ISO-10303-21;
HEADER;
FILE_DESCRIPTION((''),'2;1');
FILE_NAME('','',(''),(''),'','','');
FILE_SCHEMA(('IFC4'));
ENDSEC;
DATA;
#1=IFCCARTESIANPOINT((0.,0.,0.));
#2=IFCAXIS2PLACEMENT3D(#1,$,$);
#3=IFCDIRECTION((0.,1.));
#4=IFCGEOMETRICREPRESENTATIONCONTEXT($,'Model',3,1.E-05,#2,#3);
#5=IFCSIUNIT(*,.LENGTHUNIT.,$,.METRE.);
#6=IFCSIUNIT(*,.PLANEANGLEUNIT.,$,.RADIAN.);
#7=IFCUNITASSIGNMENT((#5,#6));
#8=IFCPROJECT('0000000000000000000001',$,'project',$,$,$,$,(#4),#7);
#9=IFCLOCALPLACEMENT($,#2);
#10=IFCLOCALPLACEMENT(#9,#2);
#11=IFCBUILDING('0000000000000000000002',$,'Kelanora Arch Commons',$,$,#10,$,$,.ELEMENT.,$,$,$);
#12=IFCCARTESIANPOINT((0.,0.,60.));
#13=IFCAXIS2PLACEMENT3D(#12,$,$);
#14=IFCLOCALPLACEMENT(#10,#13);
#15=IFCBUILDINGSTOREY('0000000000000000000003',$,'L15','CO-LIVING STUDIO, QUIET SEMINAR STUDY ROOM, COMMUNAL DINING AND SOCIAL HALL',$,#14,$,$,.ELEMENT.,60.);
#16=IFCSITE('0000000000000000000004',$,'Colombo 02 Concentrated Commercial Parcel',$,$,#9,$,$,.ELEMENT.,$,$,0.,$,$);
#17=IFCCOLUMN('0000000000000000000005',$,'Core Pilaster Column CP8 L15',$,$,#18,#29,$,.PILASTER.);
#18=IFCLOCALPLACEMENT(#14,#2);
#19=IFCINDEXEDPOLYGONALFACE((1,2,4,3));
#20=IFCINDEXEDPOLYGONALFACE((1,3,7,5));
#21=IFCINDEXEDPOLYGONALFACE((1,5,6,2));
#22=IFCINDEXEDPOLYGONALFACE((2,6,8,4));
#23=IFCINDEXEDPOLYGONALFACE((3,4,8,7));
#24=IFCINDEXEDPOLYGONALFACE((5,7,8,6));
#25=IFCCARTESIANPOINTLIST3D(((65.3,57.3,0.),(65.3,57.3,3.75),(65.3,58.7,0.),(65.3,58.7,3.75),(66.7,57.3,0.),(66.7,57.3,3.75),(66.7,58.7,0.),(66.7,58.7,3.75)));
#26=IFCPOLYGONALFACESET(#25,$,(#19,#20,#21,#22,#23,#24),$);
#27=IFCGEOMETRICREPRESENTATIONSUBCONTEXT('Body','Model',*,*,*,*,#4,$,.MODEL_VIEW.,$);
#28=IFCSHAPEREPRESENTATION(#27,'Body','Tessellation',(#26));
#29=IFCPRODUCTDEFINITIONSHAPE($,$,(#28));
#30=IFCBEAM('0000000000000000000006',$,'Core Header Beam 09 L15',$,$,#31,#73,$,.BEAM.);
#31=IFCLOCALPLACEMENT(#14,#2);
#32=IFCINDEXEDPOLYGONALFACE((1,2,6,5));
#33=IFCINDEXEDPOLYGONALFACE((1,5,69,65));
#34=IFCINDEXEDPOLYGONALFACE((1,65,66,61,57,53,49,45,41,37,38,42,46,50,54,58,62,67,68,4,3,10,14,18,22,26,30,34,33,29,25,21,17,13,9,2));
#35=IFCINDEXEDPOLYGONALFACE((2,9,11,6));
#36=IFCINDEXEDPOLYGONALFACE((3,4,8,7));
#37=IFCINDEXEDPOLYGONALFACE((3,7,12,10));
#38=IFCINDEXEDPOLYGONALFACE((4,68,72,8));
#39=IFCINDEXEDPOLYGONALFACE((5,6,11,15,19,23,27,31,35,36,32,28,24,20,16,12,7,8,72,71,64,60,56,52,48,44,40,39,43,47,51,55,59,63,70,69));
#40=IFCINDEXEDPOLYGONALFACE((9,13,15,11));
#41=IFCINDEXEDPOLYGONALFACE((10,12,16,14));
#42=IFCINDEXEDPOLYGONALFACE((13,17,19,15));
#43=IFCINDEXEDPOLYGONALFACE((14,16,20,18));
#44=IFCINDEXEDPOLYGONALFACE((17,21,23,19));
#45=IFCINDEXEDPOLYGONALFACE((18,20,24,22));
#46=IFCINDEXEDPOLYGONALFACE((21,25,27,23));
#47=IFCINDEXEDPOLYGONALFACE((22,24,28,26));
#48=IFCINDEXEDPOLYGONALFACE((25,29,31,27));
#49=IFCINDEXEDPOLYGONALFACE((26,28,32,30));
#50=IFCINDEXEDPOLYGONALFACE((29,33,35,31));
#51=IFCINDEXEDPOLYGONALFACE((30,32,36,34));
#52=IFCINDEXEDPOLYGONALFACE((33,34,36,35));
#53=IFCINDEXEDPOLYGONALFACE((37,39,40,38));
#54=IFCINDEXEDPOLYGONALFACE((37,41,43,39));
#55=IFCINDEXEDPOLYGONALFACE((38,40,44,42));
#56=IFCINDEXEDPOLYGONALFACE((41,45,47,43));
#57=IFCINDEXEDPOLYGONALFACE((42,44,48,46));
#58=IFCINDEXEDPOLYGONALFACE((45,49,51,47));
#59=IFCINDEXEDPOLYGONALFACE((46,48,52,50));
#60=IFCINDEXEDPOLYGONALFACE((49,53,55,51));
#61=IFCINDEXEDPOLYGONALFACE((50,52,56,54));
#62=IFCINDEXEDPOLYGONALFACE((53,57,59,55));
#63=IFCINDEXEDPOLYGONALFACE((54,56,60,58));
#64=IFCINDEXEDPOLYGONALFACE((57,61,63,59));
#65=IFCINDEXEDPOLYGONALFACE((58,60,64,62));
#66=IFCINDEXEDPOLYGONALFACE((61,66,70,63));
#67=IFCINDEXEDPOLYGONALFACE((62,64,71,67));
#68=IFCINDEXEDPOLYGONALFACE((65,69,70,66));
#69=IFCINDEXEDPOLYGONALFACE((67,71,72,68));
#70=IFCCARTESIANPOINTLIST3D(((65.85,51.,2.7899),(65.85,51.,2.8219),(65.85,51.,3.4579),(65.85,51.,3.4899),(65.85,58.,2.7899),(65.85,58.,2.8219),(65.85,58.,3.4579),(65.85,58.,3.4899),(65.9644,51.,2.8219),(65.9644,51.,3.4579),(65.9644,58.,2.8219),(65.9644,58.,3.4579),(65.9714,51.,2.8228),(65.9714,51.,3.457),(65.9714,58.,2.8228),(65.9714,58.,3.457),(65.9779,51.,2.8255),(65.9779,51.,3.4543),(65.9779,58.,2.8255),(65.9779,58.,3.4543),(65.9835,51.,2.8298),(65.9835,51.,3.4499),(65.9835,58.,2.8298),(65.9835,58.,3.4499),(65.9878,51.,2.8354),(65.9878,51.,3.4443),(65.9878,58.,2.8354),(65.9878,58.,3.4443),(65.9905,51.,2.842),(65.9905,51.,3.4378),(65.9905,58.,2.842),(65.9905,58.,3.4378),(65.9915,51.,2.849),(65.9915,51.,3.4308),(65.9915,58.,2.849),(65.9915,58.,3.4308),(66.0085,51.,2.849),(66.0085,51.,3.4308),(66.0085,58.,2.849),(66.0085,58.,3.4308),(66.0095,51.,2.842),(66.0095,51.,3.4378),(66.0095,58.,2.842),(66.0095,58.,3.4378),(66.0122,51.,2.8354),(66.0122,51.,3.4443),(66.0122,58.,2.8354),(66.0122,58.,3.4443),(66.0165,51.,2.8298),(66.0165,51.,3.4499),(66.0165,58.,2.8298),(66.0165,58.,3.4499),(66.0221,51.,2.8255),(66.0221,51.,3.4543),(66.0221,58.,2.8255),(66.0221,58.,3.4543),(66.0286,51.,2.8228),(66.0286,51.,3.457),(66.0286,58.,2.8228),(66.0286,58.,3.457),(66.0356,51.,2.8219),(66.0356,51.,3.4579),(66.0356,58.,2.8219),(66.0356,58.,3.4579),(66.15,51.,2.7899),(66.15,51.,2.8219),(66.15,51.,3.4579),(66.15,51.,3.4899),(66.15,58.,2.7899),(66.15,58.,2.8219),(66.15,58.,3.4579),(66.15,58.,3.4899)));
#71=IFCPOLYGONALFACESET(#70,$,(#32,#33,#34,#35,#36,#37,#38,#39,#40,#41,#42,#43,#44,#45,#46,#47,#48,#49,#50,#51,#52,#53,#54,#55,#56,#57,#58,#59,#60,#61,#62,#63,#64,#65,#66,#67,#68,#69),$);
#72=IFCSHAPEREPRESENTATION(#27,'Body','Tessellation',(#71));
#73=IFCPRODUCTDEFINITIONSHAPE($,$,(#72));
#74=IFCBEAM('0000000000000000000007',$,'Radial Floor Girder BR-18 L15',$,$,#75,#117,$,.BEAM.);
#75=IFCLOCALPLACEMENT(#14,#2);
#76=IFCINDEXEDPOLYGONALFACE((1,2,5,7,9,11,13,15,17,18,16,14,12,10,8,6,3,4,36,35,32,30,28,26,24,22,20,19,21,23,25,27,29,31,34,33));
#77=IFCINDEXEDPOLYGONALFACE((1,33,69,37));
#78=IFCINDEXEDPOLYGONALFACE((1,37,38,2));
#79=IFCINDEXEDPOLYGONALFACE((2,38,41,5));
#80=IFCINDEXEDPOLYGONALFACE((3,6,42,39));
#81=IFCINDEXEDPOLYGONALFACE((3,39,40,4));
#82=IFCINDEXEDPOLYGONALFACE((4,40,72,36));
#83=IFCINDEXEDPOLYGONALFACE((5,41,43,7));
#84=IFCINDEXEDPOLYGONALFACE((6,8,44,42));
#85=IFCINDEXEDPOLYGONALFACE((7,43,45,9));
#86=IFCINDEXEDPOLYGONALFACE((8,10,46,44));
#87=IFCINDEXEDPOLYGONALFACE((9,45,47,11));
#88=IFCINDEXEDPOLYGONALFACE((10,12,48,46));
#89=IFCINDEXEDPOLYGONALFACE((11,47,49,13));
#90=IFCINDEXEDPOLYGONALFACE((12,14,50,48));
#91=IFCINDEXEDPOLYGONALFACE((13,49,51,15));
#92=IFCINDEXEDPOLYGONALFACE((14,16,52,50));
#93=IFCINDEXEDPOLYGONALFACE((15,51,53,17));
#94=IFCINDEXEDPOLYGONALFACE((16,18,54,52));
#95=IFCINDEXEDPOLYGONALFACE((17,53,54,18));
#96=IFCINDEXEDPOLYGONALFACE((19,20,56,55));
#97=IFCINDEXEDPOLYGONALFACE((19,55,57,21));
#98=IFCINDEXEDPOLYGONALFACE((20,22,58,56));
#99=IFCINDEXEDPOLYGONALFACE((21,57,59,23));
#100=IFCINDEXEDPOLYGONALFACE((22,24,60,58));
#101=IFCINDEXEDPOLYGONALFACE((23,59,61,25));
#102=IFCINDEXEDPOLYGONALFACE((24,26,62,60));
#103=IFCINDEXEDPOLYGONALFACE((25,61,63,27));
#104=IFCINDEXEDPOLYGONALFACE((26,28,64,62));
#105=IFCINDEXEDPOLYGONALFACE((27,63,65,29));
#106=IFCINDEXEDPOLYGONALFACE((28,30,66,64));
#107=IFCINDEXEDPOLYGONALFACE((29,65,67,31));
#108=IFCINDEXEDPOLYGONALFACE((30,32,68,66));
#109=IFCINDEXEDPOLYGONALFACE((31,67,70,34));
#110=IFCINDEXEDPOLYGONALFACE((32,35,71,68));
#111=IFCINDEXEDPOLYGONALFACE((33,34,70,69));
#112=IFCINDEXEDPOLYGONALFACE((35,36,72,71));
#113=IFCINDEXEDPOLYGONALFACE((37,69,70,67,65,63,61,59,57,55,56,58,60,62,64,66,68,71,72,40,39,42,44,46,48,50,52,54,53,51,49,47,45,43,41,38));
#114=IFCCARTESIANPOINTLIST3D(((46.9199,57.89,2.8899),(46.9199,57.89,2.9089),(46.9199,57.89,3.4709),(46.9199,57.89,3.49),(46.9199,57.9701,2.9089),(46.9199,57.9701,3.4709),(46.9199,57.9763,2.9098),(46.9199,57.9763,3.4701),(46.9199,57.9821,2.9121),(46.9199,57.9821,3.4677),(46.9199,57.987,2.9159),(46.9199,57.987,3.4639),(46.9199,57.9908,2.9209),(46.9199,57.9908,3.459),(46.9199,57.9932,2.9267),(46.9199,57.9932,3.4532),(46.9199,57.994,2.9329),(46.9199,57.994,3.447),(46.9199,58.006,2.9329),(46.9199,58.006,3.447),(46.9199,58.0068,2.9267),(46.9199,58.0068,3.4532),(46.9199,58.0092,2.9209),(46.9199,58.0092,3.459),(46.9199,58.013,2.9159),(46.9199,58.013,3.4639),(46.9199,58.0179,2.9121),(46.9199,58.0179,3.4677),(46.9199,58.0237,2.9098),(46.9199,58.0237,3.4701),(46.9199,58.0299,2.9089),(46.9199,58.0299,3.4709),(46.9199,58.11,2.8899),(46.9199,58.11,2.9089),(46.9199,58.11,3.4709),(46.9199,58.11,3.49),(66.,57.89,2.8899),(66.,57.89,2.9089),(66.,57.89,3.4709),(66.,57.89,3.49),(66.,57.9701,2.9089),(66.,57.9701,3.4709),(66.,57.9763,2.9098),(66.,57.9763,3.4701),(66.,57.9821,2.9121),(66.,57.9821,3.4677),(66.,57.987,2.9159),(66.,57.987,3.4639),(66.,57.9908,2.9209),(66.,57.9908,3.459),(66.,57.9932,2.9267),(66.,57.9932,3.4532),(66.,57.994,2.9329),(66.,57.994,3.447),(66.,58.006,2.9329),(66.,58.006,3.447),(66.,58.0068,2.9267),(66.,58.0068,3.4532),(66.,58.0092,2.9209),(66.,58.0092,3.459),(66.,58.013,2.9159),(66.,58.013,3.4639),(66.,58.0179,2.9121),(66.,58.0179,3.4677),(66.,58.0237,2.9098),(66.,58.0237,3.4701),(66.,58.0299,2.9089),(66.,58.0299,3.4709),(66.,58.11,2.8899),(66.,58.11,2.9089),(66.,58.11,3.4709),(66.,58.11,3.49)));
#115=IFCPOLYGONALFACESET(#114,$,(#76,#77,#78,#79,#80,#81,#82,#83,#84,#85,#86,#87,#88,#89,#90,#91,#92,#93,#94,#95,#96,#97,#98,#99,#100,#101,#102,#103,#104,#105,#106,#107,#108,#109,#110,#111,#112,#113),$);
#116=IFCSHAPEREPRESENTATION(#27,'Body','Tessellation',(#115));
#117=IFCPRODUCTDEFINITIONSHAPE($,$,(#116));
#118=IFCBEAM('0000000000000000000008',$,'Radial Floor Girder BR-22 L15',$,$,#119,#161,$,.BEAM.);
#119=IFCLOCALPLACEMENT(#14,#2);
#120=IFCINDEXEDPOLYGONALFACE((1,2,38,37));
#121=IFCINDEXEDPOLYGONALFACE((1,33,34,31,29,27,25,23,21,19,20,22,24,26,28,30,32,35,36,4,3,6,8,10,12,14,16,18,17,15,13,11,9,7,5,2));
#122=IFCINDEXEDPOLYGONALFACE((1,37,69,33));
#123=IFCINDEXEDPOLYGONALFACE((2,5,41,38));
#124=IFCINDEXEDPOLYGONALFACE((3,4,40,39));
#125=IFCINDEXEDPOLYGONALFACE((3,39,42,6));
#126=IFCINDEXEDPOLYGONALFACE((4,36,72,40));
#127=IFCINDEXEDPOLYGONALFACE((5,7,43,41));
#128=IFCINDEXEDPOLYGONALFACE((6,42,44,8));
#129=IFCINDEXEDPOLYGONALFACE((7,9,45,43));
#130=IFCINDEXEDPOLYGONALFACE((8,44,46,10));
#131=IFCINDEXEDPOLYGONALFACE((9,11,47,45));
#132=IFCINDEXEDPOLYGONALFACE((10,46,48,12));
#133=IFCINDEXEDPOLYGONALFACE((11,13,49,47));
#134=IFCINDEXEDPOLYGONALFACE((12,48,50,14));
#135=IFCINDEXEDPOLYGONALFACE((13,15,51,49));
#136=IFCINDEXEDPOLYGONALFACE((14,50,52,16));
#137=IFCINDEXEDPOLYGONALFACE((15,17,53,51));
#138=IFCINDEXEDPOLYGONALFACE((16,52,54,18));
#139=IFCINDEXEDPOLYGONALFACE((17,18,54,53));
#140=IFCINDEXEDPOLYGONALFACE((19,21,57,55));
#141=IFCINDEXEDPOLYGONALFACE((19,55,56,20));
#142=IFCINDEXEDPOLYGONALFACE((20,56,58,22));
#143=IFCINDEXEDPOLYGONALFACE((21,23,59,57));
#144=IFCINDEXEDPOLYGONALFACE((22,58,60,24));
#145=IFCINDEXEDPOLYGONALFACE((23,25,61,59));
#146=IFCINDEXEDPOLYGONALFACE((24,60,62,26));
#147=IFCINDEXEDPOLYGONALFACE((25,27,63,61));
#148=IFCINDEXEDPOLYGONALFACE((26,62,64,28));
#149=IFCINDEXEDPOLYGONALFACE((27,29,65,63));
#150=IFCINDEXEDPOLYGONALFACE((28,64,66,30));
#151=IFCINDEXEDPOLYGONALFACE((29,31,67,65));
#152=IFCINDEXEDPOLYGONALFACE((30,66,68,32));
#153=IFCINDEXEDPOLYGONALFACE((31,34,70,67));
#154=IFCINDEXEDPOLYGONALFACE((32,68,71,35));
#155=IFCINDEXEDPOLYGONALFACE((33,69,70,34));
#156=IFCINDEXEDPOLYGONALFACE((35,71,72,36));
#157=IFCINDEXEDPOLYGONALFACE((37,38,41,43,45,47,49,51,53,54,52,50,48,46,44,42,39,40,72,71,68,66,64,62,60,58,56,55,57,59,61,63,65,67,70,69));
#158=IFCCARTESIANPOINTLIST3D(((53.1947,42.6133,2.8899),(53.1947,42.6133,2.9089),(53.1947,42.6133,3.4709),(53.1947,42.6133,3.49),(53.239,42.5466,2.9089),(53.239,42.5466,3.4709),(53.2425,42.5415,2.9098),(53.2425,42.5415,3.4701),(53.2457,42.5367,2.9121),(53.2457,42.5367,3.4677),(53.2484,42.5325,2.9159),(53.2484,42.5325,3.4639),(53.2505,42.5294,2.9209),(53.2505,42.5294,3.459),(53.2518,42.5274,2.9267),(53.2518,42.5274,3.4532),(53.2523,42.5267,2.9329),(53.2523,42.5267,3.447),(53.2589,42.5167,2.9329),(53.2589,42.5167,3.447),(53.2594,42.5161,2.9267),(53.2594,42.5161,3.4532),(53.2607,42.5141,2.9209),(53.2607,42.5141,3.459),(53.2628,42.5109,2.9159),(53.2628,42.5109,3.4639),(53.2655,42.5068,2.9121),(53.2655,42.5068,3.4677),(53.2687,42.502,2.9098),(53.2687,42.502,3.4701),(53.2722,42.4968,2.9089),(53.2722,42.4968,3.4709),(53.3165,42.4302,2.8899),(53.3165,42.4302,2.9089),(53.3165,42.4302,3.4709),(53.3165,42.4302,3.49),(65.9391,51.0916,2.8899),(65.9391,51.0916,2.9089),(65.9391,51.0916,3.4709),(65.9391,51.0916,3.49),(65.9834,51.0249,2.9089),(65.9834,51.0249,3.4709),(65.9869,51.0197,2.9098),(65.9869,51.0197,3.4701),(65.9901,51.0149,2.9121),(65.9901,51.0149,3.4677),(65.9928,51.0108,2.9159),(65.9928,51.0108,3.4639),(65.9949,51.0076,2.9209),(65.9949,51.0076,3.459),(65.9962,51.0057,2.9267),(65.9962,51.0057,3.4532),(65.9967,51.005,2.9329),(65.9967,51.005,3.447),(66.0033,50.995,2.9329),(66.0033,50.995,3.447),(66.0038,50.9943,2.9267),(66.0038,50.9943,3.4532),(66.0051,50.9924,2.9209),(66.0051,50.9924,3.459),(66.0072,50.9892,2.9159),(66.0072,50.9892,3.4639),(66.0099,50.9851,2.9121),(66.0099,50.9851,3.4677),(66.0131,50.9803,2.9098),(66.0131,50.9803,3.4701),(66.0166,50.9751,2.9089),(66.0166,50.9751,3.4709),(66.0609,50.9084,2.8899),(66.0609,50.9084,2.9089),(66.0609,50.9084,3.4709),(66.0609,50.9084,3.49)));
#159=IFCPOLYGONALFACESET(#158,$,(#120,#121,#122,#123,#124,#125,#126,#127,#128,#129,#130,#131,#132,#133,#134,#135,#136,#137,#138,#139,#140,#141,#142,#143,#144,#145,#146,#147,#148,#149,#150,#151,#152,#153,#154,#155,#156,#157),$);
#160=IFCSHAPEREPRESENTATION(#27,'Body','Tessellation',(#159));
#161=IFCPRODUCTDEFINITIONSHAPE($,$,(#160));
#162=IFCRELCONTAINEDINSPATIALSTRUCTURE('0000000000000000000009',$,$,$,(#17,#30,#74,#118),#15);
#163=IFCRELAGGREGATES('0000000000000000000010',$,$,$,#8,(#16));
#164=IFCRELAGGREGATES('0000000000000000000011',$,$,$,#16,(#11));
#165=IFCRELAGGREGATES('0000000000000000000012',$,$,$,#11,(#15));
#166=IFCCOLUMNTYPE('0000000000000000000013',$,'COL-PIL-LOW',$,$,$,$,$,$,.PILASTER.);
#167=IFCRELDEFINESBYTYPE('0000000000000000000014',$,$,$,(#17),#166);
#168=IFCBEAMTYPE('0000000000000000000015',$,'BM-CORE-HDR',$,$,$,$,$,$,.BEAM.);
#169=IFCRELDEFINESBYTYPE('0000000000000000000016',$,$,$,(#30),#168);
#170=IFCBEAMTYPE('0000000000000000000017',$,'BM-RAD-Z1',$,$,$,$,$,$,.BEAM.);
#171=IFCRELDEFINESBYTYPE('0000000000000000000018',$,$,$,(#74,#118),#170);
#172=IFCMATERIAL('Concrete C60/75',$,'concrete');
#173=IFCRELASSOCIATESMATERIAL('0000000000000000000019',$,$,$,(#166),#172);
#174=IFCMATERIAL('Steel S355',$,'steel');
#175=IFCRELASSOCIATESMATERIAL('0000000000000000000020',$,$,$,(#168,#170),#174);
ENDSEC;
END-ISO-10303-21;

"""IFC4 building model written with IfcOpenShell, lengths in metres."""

from ifc_helpers import new_model, si_unit, direction, frame, origin, origin_2d, place, context, subcontext, project, spatial, rectangle, i_section, extrude, material, material_profile, profile_set, type_object, element, save


model = new_model("IFC4")

# Units and contexts
model_context = context("Model", 3, precision=1e-05, world=origin(), true_north=direction((0.0, 1.0)))
body_context = subcontext(model_context, "Body", "Model", "MODEL_VIEW")
ifc_project = project(units=[si_unit("LENGTHUNIT", "METRE"), si_unit("PLANEANGLEUNIT", "RADIAN")], contexts=[model_context])

# Site, building, storey
site_placement = place(None, origin())
site = spatial("IfcSite", under=ifc_project, at=site_placement, Name="Colombo 02 Concentrated Commercial Parcel", CompositionType="ELEMENT", RefElevation=0.0)
building_placement = place(site_placement, origin())
building = spatial("IfcBuilding", under=site, at=building_placement, Name="Kelanora Arch Commons", CompositionType="ELEMENT")
storey_placement = place(building_placement, frame((0.0, 0.0, 60.0)))
storey = spatial("IfcBuildingStorey", under=building, at=storey_placement, Name="L15", Description="CO-LIVING STUDIO, QUIET SEMINAR STUDY ROOM, COMMUNAL DINING AND SOCIAL HALL", CompositionType="ELEMENT", Elevation=60.0)

# Column
ifc_material_1 = material(Name="Concrete C60/75", Category="concrete")
ifc_material_profile_1 = material_profile(ifc_material_1, rectangle(XDim=1.3999, YDim=1.3999, at=origin_2d()), Name="RC1400x1400")
ifc_profile_set_1 = profile_set([ifc_material_profile_1], Name="Concrete C60/75")
column_type = type_object("IfcColumnType", Name="COL-PIL-LOW", PredefinedType="PILASTER", material=ifc_profile_set_1)
column_placement = place(storey_placement, frame((66.0, 58.0, 0.0), z_axis=(0.0, 0.0, 1.0), x_axis=(1.0, 0.0, 0.0)))
element("IfcColumn", 1, at=column_placement, inside=storey, type_object=column_type, Name="Core Pilaster Column CP8 L15", PredefinedType="PILASTER", context=body_context, shape_type="SweptSolid", body=[
    extrude(rectangle(XDim=1.3999, YDim=1.3999, at=origin_2d()), origin(), (0.0, 0.0, 1.0), 3.75),
])

# Beams
ifc_material_2 = material(Name="Steel S355", Category="steel")
ifc_material_profile_2 = material_profile(ifc_material_2, i_section(OverallWidth=0.3, OverallDepth=0.7, WebThickness=0.0171, FlangeThickness=0.032, FilletRadius=0.0271, at=origin_2d()), Name="HEB700")
ifc_profile_set_2 = profile_set([ifc_material_profile_2], Name="Steel S355")
beam_type_1 = type_object("IfcBeamType", Name="BM-CORE-HDR", PredefinedType="BEAM", material=ifc_profile_set_2)
beam_1_placement = place(storey_placement, frame((66.0, 58.0, 3.1399), z_axis=(0.0, -1.0, 0.0), x_axis=(1.0, 0.0, 0.0)))
element("IfcBeam", 2, at=beam_1_placement, inside=storey, type_object=beam_type_1, Name="Core Header Beam 09 L15", PredefinedType="BEAM", context=body_context, shape_type="SweptSolid", body=[
    extrude(i_section(OverallWidth=0.3, OverallDepth=0.7, WebThickness=0.0171, FlangeThickness=0.032, FilletRadius=0.0271, at=origin_2d()), origin(), (0.0, 0.0, 1.0), 7.0),
])
ifc_material_profile_3 = material_profile(ifc_material_2, i_section(OverallWidth=0.22, OverallDepth=0.6001, WebThickness=0.012, FlangeThickness=0.019, FilletRadius=0.0239, at=origin_2d()), Name="IPE600")
ifc_profile_set_3 = profile_set([ifc_material_profile_3], Name="Steel S355")
beam_type_2 = type_object("IfcBeamType", Name="BM-RAD-Z1", PredefinedType="BEAM", material=ifc_profile_set_3)
beam_2_placement = place(storey_placement, frame((66.0, 58.0, 3.1899), z_axis=(-1.0, 0.0, 0.0), x_axis=(0.0, -1.0, 0.0)))
element("IfcBeam", 3, at=beam_2_placement, inside=storey, type_object=beam_type_2, Name="Radial Floor Girder BR-18 L15", PredefinedType="BEAM", context=body_context, shape_type="SweptSolid", body=[
    extrude(i_section(OverallWidth=0.22, OverallDepth=0.6001, WebThickness=0.012, FlangeThickness=0.019, FilletRadius=0.0239, at=origin_2d()), origin(), (0.0, 0.0, 1.0), 19.0801),
])
beam_3_placement = place(storey_placement, frame((66.0, 51.0, 3.1899), z_axis=(-0.832592, -0.553886, 0.0), x_axis=(0.553886, -0.832592, 0.0)))
element("IfcBeam", 4, at=beam_3_placement, inside=storey, type_object=beam_type_2, Name="Radial Floor Girder BR-22 L15", PredefinedType="BEAM", context=body_context, shape_type="SweptSolid", body=[
    extrude(i_section(OverallWidth=0.22, OverallDepth=0.6001, WebThickness=0.012, FlangeThickness=0.019, FilletRadius=0.0239, at=origin_2d()), origin(), (0.0, 0.0, 1.0), 15.3069),
])

save(model, "model.ifc")
